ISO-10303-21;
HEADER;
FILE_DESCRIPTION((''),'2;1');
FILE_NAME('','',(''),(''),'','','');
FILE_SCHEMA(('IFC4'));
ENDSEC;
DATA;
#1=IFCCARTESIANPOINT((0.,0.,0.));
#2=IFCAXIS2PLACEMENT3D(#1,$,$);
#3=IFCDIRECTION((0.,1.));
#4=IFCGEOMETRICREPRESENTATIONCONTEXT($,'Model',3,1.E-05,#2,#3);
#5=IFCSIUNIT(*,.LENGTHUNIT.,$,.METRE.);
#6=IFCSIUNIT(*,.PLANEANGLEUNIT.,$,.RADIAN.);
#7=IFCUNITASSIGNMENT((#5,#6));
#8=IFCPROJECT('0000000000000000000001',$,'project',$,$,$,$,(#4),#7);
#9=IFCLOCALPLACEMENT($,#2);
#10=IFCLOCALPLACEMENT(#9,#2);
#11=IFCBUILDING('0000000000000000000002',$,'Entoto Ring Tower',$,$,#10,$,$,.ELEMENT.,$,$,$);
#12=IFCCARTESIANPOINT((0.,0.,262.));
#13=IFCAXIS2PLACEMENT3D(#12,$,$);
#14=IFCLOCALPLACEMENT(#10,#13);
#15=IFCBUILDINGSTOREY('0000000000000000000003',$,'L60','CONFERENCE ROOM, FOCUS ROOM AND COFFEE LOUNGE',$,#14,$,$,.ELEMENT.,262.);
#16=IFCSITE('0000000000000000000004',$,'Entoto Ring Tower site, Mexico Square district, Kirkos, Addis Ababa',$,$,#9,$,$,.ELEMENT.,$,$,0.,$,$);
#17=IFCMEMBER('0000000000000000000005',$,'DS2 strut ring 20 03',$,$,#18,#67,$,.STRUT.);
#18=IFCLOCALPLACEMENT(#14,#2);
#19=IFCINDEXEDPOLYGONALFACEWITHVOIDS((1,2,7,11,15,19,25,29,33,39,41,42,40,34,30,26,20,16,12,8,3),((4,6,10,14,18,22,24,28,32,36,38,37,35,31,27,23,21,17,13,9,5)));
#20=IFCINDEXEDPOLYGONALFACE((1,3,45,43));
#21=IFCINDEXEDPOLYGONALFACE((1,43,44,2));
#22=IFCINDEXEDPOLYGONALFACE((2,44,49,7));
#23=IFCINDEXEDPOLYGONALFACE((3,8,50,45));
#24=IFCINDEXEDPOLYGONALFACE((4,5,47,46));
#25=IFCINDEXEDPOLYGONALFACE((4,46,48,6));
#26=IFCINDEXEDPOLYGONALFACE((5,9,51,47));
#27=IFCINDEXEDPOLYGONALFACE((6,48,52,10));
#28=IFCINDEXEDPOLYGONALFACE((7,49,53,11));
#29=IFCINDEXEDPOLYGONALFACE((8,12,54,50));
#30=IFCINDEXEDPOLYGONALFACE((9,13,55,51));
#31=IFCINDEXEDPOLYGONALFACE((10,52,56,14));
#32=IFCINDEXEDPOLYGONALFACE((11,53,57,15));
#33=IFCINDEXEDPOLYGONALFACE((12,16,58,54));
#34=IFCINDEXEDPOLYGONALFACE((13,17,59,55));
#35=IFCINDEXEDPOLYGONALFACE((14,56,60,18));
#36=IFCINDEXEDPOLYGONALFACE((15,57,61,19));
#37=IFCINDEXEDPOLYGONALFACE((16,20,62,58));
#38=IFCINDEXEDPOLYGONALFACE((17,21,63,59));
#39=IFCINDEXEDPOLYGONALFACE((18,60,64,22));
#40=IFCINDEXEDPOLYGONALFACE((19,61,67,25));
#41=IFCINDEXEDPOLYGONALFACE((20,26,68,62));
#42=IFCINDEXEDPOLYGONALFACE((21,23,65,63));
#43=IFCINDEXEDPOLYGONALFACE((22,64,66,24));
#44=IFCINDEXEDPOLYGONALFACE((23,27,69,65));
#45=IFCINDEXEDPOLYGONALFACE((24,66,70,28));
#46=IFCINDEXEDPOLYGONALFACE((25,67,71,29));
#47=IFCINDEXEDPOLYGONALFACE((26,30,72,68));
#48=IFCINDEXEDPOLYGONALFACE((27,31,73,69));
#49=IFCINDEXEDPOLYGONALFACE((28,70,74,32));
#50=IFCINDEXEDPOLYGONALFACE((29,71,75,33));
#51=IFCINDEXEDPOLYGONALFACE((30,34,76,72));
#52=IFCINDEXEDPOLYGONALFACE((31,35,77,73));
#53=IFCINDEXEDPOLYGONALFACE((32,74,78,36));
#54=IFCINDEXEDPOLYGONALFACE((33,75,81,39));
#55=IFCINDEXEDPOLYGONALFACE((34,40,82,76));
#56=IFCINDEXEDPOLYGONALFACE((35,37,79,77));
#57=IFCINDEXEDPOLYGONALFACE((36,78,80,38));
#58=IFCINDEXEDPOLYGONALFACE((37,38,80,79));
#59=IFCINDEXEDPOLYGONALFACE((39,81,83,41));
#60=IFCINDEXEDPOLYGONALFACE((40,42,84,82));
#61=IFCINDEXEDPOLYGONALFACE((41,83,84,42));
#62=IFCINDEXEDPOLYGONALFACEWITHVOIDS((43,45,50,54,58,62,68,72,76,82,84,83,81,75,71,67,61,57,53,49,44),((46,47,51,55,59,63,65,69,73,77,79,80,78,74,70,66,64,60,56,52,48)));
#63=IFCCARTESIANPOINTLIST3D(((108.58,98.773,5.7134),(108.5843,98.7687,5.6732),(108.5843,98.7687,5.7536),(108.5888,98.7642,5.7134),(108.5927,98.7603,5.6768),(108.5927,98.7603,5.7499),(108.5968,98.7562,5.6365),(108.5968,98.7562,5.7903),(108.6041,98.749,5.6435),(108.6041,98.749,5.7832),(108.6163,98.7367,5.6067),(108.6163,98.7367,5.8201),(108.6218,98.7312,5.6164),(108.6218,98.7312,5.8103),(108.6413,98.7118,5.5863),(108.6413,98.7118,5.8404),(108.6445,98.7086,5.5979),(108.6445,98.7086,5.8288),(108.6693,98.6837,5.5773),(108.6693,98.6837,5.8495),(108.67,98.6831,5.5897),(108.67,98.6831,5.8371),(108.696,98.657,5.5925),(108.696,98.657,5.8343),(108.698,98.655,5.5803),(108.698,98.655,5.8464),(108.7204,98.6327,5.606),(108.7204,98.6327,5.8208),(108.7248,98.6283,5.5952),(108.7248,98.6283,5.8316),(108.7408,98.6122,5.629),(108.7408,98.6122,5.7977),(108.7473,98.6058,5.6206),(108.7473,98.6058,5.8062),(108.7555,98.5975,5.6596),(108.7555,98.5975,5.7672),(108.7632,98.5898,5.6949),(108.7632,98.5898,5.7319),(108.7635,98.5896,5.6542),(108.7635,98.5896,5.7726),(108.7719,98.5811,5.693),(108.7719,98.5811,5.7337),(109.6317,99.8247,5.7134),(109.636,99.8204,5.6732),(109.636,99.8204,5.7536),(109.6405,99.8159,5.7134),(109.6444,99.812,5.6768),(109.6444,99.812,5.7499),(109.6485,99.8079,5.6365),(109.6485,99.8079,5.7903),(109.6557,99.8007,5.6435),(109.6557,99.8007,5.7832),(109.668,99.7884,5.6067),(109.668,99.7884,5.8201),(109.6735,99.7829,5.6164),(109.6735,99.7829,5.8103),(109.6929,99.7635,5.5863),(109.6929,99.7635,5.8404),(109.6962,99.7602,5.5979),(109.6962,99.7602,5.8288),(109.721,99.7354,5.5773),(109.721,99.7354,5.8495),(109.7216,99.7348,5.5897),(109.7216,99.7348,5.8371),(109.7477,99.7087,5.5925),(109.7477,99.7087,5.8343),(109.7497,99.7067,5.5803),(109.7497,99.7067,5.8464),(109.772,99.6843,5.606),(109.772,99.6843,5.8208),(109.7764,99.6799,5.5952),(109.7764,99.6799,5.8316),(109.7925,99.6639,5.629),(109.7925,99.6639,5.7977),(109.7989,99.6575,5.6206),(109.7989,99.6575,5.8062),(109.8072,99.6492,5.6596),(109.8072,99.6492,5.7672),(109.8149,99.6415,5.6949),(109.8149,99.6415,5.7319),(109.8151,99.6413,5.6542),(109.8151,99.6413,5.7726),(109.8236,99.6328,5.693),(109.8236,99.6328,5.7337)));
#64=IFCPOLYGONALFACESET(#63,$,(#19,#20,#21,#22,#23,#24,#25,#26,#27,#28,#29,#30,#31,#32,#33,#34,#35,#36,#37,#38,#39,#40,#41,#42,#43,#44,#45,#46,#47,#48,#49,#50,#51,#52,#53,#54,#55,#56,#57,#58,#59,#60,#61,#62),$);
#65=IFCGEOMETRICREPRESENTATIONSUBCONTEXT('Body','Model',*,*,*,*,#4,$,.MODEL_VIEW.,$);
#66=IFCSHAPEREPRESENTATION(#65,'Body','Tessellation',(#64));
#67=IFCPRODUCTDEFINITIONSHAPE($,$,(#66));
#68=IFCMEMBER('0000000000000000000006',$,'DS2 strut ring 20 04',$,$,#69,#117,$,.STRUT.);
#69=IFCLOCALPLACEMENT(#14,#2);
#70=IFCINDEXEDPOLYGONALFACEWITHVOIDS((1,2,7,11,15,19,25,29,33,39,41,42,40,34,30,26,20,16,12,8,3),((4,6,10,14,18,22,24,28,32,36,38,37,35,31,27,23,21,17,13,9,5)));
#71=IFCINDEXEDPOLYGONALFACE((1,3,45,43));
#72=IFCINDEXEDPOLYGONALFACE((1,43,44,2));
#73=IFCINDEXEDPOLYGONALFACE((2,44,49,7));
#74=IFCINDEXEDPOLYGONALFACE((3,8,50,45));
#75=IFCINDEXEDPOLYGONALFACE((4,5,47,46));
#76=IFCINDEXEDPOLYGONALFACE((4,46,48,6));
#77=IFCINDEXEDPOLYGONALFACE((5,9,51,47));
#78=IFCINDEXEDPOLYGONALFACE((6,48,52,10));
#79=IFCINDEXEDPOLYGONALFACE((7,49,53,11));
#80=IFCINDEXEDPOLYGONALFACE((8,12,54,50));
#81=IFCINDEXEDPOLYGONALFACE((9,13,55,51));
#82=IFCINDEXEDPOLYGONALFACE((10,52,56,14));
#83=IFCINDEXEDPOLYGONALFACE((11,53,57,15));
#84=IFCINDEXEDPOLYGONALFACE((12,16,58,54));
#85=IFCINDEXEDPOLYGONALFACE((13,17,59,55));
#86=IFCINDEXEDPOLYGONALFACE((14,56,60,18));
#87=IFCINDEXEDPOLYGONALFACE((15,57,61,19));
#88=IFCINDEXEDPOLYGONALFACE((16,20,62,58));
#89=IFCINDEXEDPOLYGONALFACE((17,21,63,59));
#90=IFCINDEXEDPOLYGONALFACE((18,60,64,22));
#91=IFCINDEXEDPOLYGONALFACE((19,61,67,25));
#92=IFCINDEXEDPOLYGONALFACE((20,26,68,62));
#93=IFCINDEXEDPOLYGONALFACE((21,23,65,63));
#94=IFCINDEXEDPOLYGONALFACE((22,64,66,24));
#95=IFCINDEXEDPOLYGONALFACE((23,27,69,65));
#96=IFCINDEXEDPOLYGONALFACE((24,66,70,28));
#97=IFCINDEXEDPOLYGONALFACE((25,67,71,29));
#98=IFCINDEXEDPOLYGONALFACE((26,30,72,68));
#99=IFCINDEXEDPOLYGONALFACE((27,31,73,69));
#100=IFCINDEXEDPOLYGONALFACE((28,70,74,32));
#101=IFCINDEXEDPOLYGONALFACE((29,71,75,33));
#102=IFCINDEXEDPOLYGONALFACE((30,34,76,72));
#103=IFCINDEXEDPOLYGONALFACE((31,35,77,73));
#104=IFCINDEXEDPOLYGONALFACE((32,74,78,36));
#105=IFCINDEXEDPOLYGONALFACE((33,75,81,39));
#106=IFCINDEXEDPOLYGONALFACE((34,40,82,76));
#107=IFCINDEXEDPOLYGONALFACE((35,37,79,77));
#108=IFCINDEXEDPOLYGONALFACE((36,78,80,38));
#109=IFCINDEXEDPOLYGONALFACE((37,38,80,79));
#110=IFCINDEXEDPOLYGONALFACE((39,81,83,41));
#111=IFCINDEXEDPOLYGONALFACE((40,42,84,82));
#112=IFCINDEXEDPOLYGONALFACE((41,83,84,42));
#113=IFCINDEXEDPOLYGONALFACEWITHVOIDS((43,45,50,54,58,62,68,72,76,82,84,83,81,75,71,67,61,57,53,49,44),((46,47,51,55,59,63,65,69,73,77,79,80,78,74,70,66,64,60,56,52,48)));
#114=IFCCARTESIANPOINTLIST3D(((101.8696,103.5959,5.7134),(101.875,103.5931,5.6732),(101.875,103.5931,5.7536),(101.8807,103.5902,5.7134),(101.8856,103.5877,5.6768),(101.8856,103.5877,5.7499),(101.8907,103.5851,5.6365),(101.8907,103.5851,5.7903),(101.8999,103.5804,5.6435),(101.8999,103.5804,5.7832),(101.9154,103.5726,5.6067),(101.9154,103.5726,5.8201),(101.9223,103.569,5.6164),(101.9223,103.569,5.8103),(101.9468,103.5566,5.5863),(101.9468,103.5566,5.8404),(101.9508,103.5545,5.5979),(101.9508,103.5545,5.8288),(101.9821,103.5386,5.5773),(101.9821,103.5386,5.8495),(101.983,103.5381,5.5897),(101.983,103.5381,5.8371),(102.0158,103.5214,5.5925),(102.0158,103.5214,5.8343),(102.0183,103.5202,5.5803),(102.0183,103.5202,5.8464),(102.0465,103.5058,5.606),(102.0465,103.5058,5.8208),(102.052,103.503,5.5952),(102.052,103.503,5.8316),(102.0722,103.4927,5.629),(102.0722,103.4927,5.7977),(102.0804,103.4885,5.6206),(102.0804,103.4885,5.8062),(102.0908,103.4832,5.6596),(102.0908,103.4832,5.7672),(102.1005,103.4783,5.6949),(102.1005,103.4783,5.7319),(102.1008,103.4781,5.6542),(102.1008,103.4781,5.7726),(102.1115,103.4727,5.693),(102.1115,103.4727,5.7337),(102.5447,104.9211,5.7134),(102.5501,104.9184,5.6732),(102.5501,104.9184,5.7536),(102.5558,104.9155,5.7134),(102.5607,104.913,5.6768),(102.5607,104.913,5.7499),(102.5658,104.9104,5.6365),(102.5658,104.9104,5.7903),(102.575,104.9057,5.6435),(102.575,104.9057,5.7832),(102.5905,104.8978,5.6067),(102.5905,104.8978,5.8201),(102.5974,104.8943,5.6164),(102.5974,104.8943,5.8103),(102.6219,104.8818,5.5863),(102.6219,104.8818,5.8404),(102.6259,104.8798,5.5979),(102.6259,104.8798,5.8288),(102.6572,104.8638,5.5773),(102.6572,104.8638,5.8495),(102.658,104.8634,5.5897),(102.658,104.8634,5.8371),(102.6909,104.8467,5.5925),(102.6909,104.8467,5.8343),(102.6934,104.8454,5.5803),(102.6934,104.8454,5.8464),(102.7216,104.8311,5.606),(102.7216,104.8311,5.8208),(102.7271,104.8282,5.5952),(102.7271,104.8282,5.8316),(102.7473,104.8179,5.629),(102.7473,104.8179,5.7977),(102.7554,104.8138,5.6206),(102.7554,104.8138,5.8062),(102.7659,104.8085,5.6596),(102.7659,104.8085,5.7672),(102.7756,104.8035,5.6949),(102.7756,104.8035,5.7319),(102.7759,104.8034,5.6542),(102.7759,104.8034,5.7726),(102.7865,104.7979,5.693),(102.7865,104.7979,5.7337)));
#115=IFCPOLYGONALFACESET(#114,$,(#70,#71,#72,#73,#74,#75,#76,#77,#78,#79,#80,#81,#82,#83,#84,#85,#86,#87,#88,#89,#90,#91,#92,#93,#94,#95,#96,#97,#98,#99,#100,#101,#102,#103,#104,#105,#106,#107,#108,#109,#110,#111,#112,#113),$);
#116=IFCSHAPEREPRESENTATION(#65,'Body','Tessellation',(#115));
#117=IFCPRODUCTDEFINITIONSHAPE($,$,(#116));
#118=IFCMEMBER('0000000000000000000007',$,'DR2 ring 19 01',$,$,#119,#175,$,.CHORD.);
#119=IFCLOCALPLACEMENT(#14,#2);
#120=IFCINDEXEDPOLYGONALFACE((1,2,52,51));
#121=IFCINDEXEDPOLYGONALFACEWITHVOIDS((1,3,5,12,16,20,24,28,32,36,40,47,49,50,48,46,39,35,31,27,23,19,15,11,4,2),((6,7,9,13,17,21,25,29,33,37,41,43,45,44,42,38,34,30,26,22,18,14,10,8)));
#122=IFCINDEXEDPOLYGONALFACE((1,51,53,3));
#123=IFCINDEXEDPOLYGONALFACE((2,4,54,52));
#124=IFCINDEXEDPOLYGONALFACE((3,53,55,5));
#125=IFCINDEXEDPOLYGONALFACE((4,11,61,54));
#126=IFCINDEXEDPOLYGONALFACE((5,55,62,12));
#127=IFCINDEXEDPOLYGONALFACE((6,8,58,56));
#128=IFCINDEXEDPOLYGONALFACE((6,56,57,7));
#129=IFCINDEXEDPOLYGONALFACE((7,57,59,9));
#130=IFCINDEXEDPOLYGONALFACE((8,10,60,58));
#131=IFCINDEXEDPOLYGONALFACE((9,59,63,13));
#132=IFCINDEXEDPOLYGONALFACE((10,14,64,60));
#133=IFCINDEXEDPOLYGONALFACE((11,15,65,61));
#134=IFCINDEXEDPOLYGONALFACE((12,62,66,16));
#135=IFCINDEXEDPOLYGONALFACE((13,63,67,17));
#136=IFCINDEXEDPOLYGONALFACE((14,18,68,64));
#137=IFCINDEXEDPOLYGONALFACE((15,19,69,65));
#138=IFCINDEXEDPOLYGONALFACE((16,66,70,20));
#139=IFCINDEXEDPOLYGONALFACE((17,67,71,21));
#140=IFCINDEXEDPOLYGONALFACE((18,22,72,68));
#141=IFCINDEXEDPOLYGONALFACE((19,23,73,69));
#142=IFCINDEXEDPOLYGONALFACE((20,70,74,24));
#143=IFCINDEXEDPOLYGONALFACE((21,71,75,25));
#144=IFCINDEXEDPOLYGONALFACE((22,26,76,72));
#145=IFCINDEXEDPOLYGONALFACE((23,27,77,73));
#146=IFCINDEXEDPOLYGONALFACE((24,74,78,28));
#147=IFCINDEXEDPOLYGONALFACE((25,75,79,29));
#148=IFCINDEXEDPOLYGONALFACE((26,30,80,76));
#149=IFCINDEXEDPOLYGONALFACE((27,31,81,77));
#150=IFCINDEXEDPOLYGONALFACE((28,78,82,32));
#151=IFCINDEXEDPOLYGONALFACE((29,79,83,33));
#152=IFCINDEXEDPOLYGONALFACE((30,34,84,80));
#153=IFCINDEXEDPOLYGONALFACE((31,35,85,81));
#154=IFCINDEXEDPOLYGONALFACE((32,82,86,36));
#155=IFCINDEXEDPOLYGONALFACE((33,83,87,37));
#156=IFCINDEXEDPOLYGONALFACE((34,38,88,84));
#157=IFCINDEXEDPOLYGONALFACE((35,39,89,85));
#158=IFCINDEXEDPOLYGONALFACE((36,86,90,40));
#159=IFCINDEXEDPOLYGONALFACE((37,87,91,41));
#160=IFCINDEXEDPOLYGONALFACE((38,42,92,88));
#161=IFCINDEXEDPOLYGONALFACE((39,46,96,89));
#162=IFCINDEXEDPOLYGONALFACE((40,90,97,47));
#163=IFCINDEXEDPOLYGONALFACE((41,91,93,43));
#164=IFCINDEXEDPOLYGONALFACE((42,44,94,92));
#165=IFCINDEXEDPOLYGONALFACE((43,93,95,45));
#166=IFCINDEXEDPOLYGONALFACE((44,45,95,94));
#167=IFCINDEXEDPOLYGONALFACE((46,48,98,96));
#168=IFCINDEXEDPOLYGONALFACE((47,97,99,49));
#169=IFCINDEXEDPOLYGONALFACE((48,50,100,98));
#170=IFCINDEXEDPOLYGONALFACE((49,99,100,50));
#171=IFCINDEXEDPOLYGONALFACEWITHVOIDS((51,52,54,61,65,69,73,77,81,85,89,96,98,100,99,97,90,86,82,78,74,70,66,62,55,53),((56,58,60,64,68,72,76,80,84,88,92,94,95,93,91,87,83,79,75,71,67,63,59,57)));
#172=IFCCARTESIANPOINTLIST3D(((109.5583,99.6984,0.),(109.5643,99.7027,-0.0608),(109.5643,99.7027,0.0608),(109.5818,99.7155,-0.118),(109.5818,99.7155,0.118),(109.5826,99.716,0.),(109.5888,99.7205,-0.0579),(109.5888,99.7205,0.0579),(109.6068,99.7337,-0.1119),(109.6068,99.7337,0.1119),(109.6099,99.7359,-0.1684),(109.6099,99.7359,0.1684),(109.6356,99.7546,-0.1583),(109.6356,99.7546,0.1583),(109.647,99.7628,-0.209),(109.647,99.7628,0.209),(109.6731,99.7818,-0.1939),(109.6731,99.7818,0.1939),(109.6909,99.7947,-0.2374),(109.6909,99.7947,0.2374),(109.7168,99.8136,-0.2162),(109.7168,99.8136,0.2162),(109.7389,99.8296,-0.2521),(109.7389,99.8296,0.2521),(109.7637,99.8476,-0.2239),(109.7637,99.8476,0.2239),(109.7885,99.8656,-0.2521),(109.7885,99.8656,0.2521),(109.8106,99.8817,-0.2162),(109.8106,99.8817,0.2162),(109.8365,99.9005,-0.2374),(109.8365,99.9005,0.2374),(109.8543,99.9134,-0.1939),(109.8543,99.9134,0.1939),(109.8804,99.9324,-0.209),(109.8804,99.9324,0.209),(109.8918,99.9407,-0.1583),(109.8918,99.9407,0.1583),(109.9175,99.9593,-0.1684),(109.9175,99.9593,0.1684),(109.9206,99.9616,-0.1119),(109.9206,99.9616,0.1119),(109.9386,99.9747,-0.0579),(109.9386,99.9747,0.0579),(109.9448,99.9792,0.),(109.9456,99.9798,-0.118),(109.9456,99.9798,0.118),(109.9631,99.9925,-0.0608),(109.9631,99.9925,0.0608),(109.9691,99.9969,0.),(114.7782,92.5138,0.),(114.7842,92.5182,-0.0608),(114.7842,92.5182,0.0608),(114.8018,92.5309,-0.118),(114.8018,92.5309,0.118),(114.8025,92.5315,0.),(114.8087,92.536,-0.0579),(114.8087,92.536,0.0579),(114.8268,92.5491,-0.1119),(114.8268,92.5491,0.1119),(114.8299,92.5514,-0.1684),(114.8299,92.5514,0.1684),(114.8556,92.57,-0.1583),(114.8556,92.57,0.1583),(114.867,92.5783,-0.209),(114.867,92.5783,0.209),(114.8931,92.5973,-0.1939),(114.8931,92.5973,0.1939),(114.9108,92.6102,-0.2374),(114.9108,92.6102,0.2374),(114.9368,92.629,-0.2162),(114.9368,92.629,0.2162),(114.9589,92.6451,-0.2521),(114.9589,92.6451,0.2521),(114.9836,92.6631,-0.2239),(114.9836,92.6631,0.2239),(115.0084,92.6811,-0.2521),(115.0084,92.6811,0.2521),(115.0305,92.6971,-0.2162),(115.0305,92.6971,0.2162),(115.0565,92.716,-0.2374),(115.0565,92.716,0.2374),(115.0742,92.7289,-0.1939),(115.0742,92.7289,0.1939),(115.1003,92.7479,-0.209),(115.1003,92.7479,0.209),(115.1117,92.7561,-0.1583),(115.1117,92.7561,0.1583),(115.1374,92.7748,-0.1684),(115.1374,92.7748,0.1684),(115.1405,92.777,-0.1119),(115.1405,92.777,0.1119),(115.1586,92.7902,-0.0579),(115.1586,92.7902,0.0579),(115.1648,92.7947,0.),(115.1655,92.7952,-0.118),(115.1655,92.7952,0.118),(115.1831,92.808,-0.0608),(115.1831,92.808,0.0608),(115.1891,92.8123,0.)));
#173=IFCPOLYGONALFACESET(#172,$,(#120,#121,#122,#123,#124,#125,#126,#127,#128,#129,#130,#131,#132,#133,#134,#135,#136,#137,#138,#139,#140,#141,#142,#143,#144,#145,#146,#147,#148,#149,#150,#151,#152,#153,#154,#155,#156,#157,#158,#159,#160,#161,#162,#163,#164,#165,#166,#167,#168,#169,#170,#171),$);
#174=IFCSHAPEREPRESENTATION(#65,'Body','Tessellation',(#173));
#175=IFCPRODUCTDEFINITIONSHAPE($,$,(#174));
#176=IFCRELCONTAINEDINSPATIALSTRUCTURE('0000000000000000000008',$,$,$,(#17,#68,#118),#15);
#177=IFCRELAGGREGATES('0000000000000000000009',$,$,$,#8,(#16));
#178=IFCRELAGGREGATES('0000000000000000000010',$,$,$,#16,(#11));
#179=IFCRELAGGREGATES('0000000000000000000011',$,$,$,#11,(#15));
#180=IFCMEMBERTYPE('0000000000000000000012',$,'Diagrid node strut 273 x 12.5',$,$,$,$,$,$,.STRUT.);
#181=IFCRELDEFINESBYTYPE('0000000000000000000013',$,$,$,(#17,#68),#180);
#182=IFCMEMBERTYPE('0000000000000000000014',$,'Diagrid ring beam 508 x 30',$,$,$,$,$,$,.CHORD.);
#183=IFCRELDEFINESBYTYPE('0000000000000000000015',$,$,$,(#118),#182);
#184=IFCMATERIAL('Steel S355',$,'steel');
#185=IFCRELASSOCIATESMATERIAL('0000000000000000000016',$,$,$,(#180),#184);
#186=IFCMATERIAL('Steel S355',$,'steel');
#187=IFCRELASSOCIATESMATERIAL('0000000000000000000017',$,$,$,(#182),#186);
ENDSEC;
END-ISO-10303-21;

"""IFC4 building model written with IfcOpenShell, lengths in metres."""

from ifc_helpers import new_model, si_unit, direction, frame, origin, origin_2d, place, context, subcontext, project, spatial, circle, hollow_circle, extrude, material, material_profile, profile_set, type_object, element, save


model = new_model("IFC4")

# Units and contexts
model_context = context("Model", 3, precision=1e-05, world=origin(), true_north=direction((0.0, 1.0)))
body_context = subcontext(model_context, "Body", "Model", "MODEL_VIEW")
ifc_project = project(units=[si_unit("LENGTHUNIT", "METRE"), si_unit("PLANEANGLEUNIT", "RADIAN")], contexts=[model_context])

# Site, building, storey
site_placement = place(None, origin())
site = spatial("IfcSite", under=ifc_project, at=site_placement, Name="Entoto Ring Tower site, Mexico Square district, Kirkos, Addis Ababa", CompositionType="ELEMENT", RefElevation=0.0)
building_placement = place(site_placement, origin())
building = spatial("IfcBuilding", under=site, at=building_placement, Name="Entoto Ring Tower", CompositionType="ELEMENT")
storey_placement = place(building_placement, frame((0.0, 0.0, 262.0)))
storey = spatial("IfcBuildingStorey", under=building, at=storey_placement, Name="L60", Description="CONFERENCE ROOM, FOCUS ROOM AND COFFEE LOUNGE", CompositionType="ELEMENT", Elevation=262.0)

# Members
ifc_material_1 = material(Name="Steel S355", Category="steel")
ifc_material_profile_1 = material_profile(ifc_material_1, hollow_circle(Radius=0.1365, WallThickness=0.0125, at=origin_2d()), Name="CHS 273 x 12.5")
ifc_material_2 = material(Name="Concrete C60/75", Category="concrete")
ifc_material_profile_2 = material_profile(ifc_material_2, circle(Radius=0.124, at=origin_2d()), Name="Concrete C60/75 infill")
ifc_profile_set_1 = profile_set([ifc_material_profile_1, ifc_material_profile_2], Name="Steel S355")
member_type_1 = type_object("IfcMemberType", Name="Diagrid node strut 273 x 12.5", PredefinedType="STRUT", material=ifc_profile_set_1)
for number, where, z_axis, x_axis, name in (
    (1, (108.6765, 98.6765, 5.7134), (0.707107, 0.707107, 0.0), (-0.707107, 0.707107, 0.0), "DS2 strut ring 20 03"),
    (2, (101.9912, 103.5339, 5.7134), (0.453899, 0.891053, 0.0), (-0.891053, 0.453899, 0.0), "DS2 strut ring 20 04"),
):
    element("IfcMember", number, at=place(storey_placement, frame(where, z_axis=z_axis, x_axis=x_axis)), inside=storey, type_object=member_type_1, Name=name, PredefinedType="STRUT", context=body_context, shape_type="SweptSolid", body=[
        extrude(hollow_circle(Radius=0.1365, WallThickness=0.0125, at=origin_2d()), origin(), (0.0, 0.0, 1.0), 1.4873),
    ])
ifc_material_3 = material(Name="Steel S355", Category="steel")
ifc_material_profile_3 = material_profile(ifc_material_3, hollow_circle(Radius=0.2539, WallThickness=0.03, at=origin_2d()), Name="CHS 508 x 30")
ifc_material_4 = material(Name="Concrete C60/75", Category="concrete")
ifc_material_profile_4 = material_profile(ifc_material_4, circle(Radius=0.2241, at=origin_2d()), Name="Concrete C60/75 infill")
ifc_profile_set_2 = profile_set([ifc_material_profile_3, ifc_material_profile_4], Name="Steel S355")
member_type_2 = type_object("IfcMemberType", Name="Diagrid ring beam 508 x 30", PredefinedType="CHORD", material=ifc_profile_set_2)
for number, where, z_axis, x_axis, name in (
    (3, (114.9836, 92.6631, 0.0), (-0.587791, 0.809013, 0.0), (-0.809013, -0.587791, 0.0), "DR2 ring 19 01"),
):
    element("IfcMember", number, at=place(storey_placement, frame(where, z_axis=z_axis, x_axis=x_axis)), inside=storey, type_object=member_type_2, Name=name, PredefinedType="CHORD", context=body_context, shape_type="SweptSolid", body=[
        extrude(hollow_circle(Radius=0.2539, WallThickness=0.03, at=origin_2d()), origin(), (0.0, 0.0, 1.0), 8.8806),
    ])

save(model, "model.ifc")
